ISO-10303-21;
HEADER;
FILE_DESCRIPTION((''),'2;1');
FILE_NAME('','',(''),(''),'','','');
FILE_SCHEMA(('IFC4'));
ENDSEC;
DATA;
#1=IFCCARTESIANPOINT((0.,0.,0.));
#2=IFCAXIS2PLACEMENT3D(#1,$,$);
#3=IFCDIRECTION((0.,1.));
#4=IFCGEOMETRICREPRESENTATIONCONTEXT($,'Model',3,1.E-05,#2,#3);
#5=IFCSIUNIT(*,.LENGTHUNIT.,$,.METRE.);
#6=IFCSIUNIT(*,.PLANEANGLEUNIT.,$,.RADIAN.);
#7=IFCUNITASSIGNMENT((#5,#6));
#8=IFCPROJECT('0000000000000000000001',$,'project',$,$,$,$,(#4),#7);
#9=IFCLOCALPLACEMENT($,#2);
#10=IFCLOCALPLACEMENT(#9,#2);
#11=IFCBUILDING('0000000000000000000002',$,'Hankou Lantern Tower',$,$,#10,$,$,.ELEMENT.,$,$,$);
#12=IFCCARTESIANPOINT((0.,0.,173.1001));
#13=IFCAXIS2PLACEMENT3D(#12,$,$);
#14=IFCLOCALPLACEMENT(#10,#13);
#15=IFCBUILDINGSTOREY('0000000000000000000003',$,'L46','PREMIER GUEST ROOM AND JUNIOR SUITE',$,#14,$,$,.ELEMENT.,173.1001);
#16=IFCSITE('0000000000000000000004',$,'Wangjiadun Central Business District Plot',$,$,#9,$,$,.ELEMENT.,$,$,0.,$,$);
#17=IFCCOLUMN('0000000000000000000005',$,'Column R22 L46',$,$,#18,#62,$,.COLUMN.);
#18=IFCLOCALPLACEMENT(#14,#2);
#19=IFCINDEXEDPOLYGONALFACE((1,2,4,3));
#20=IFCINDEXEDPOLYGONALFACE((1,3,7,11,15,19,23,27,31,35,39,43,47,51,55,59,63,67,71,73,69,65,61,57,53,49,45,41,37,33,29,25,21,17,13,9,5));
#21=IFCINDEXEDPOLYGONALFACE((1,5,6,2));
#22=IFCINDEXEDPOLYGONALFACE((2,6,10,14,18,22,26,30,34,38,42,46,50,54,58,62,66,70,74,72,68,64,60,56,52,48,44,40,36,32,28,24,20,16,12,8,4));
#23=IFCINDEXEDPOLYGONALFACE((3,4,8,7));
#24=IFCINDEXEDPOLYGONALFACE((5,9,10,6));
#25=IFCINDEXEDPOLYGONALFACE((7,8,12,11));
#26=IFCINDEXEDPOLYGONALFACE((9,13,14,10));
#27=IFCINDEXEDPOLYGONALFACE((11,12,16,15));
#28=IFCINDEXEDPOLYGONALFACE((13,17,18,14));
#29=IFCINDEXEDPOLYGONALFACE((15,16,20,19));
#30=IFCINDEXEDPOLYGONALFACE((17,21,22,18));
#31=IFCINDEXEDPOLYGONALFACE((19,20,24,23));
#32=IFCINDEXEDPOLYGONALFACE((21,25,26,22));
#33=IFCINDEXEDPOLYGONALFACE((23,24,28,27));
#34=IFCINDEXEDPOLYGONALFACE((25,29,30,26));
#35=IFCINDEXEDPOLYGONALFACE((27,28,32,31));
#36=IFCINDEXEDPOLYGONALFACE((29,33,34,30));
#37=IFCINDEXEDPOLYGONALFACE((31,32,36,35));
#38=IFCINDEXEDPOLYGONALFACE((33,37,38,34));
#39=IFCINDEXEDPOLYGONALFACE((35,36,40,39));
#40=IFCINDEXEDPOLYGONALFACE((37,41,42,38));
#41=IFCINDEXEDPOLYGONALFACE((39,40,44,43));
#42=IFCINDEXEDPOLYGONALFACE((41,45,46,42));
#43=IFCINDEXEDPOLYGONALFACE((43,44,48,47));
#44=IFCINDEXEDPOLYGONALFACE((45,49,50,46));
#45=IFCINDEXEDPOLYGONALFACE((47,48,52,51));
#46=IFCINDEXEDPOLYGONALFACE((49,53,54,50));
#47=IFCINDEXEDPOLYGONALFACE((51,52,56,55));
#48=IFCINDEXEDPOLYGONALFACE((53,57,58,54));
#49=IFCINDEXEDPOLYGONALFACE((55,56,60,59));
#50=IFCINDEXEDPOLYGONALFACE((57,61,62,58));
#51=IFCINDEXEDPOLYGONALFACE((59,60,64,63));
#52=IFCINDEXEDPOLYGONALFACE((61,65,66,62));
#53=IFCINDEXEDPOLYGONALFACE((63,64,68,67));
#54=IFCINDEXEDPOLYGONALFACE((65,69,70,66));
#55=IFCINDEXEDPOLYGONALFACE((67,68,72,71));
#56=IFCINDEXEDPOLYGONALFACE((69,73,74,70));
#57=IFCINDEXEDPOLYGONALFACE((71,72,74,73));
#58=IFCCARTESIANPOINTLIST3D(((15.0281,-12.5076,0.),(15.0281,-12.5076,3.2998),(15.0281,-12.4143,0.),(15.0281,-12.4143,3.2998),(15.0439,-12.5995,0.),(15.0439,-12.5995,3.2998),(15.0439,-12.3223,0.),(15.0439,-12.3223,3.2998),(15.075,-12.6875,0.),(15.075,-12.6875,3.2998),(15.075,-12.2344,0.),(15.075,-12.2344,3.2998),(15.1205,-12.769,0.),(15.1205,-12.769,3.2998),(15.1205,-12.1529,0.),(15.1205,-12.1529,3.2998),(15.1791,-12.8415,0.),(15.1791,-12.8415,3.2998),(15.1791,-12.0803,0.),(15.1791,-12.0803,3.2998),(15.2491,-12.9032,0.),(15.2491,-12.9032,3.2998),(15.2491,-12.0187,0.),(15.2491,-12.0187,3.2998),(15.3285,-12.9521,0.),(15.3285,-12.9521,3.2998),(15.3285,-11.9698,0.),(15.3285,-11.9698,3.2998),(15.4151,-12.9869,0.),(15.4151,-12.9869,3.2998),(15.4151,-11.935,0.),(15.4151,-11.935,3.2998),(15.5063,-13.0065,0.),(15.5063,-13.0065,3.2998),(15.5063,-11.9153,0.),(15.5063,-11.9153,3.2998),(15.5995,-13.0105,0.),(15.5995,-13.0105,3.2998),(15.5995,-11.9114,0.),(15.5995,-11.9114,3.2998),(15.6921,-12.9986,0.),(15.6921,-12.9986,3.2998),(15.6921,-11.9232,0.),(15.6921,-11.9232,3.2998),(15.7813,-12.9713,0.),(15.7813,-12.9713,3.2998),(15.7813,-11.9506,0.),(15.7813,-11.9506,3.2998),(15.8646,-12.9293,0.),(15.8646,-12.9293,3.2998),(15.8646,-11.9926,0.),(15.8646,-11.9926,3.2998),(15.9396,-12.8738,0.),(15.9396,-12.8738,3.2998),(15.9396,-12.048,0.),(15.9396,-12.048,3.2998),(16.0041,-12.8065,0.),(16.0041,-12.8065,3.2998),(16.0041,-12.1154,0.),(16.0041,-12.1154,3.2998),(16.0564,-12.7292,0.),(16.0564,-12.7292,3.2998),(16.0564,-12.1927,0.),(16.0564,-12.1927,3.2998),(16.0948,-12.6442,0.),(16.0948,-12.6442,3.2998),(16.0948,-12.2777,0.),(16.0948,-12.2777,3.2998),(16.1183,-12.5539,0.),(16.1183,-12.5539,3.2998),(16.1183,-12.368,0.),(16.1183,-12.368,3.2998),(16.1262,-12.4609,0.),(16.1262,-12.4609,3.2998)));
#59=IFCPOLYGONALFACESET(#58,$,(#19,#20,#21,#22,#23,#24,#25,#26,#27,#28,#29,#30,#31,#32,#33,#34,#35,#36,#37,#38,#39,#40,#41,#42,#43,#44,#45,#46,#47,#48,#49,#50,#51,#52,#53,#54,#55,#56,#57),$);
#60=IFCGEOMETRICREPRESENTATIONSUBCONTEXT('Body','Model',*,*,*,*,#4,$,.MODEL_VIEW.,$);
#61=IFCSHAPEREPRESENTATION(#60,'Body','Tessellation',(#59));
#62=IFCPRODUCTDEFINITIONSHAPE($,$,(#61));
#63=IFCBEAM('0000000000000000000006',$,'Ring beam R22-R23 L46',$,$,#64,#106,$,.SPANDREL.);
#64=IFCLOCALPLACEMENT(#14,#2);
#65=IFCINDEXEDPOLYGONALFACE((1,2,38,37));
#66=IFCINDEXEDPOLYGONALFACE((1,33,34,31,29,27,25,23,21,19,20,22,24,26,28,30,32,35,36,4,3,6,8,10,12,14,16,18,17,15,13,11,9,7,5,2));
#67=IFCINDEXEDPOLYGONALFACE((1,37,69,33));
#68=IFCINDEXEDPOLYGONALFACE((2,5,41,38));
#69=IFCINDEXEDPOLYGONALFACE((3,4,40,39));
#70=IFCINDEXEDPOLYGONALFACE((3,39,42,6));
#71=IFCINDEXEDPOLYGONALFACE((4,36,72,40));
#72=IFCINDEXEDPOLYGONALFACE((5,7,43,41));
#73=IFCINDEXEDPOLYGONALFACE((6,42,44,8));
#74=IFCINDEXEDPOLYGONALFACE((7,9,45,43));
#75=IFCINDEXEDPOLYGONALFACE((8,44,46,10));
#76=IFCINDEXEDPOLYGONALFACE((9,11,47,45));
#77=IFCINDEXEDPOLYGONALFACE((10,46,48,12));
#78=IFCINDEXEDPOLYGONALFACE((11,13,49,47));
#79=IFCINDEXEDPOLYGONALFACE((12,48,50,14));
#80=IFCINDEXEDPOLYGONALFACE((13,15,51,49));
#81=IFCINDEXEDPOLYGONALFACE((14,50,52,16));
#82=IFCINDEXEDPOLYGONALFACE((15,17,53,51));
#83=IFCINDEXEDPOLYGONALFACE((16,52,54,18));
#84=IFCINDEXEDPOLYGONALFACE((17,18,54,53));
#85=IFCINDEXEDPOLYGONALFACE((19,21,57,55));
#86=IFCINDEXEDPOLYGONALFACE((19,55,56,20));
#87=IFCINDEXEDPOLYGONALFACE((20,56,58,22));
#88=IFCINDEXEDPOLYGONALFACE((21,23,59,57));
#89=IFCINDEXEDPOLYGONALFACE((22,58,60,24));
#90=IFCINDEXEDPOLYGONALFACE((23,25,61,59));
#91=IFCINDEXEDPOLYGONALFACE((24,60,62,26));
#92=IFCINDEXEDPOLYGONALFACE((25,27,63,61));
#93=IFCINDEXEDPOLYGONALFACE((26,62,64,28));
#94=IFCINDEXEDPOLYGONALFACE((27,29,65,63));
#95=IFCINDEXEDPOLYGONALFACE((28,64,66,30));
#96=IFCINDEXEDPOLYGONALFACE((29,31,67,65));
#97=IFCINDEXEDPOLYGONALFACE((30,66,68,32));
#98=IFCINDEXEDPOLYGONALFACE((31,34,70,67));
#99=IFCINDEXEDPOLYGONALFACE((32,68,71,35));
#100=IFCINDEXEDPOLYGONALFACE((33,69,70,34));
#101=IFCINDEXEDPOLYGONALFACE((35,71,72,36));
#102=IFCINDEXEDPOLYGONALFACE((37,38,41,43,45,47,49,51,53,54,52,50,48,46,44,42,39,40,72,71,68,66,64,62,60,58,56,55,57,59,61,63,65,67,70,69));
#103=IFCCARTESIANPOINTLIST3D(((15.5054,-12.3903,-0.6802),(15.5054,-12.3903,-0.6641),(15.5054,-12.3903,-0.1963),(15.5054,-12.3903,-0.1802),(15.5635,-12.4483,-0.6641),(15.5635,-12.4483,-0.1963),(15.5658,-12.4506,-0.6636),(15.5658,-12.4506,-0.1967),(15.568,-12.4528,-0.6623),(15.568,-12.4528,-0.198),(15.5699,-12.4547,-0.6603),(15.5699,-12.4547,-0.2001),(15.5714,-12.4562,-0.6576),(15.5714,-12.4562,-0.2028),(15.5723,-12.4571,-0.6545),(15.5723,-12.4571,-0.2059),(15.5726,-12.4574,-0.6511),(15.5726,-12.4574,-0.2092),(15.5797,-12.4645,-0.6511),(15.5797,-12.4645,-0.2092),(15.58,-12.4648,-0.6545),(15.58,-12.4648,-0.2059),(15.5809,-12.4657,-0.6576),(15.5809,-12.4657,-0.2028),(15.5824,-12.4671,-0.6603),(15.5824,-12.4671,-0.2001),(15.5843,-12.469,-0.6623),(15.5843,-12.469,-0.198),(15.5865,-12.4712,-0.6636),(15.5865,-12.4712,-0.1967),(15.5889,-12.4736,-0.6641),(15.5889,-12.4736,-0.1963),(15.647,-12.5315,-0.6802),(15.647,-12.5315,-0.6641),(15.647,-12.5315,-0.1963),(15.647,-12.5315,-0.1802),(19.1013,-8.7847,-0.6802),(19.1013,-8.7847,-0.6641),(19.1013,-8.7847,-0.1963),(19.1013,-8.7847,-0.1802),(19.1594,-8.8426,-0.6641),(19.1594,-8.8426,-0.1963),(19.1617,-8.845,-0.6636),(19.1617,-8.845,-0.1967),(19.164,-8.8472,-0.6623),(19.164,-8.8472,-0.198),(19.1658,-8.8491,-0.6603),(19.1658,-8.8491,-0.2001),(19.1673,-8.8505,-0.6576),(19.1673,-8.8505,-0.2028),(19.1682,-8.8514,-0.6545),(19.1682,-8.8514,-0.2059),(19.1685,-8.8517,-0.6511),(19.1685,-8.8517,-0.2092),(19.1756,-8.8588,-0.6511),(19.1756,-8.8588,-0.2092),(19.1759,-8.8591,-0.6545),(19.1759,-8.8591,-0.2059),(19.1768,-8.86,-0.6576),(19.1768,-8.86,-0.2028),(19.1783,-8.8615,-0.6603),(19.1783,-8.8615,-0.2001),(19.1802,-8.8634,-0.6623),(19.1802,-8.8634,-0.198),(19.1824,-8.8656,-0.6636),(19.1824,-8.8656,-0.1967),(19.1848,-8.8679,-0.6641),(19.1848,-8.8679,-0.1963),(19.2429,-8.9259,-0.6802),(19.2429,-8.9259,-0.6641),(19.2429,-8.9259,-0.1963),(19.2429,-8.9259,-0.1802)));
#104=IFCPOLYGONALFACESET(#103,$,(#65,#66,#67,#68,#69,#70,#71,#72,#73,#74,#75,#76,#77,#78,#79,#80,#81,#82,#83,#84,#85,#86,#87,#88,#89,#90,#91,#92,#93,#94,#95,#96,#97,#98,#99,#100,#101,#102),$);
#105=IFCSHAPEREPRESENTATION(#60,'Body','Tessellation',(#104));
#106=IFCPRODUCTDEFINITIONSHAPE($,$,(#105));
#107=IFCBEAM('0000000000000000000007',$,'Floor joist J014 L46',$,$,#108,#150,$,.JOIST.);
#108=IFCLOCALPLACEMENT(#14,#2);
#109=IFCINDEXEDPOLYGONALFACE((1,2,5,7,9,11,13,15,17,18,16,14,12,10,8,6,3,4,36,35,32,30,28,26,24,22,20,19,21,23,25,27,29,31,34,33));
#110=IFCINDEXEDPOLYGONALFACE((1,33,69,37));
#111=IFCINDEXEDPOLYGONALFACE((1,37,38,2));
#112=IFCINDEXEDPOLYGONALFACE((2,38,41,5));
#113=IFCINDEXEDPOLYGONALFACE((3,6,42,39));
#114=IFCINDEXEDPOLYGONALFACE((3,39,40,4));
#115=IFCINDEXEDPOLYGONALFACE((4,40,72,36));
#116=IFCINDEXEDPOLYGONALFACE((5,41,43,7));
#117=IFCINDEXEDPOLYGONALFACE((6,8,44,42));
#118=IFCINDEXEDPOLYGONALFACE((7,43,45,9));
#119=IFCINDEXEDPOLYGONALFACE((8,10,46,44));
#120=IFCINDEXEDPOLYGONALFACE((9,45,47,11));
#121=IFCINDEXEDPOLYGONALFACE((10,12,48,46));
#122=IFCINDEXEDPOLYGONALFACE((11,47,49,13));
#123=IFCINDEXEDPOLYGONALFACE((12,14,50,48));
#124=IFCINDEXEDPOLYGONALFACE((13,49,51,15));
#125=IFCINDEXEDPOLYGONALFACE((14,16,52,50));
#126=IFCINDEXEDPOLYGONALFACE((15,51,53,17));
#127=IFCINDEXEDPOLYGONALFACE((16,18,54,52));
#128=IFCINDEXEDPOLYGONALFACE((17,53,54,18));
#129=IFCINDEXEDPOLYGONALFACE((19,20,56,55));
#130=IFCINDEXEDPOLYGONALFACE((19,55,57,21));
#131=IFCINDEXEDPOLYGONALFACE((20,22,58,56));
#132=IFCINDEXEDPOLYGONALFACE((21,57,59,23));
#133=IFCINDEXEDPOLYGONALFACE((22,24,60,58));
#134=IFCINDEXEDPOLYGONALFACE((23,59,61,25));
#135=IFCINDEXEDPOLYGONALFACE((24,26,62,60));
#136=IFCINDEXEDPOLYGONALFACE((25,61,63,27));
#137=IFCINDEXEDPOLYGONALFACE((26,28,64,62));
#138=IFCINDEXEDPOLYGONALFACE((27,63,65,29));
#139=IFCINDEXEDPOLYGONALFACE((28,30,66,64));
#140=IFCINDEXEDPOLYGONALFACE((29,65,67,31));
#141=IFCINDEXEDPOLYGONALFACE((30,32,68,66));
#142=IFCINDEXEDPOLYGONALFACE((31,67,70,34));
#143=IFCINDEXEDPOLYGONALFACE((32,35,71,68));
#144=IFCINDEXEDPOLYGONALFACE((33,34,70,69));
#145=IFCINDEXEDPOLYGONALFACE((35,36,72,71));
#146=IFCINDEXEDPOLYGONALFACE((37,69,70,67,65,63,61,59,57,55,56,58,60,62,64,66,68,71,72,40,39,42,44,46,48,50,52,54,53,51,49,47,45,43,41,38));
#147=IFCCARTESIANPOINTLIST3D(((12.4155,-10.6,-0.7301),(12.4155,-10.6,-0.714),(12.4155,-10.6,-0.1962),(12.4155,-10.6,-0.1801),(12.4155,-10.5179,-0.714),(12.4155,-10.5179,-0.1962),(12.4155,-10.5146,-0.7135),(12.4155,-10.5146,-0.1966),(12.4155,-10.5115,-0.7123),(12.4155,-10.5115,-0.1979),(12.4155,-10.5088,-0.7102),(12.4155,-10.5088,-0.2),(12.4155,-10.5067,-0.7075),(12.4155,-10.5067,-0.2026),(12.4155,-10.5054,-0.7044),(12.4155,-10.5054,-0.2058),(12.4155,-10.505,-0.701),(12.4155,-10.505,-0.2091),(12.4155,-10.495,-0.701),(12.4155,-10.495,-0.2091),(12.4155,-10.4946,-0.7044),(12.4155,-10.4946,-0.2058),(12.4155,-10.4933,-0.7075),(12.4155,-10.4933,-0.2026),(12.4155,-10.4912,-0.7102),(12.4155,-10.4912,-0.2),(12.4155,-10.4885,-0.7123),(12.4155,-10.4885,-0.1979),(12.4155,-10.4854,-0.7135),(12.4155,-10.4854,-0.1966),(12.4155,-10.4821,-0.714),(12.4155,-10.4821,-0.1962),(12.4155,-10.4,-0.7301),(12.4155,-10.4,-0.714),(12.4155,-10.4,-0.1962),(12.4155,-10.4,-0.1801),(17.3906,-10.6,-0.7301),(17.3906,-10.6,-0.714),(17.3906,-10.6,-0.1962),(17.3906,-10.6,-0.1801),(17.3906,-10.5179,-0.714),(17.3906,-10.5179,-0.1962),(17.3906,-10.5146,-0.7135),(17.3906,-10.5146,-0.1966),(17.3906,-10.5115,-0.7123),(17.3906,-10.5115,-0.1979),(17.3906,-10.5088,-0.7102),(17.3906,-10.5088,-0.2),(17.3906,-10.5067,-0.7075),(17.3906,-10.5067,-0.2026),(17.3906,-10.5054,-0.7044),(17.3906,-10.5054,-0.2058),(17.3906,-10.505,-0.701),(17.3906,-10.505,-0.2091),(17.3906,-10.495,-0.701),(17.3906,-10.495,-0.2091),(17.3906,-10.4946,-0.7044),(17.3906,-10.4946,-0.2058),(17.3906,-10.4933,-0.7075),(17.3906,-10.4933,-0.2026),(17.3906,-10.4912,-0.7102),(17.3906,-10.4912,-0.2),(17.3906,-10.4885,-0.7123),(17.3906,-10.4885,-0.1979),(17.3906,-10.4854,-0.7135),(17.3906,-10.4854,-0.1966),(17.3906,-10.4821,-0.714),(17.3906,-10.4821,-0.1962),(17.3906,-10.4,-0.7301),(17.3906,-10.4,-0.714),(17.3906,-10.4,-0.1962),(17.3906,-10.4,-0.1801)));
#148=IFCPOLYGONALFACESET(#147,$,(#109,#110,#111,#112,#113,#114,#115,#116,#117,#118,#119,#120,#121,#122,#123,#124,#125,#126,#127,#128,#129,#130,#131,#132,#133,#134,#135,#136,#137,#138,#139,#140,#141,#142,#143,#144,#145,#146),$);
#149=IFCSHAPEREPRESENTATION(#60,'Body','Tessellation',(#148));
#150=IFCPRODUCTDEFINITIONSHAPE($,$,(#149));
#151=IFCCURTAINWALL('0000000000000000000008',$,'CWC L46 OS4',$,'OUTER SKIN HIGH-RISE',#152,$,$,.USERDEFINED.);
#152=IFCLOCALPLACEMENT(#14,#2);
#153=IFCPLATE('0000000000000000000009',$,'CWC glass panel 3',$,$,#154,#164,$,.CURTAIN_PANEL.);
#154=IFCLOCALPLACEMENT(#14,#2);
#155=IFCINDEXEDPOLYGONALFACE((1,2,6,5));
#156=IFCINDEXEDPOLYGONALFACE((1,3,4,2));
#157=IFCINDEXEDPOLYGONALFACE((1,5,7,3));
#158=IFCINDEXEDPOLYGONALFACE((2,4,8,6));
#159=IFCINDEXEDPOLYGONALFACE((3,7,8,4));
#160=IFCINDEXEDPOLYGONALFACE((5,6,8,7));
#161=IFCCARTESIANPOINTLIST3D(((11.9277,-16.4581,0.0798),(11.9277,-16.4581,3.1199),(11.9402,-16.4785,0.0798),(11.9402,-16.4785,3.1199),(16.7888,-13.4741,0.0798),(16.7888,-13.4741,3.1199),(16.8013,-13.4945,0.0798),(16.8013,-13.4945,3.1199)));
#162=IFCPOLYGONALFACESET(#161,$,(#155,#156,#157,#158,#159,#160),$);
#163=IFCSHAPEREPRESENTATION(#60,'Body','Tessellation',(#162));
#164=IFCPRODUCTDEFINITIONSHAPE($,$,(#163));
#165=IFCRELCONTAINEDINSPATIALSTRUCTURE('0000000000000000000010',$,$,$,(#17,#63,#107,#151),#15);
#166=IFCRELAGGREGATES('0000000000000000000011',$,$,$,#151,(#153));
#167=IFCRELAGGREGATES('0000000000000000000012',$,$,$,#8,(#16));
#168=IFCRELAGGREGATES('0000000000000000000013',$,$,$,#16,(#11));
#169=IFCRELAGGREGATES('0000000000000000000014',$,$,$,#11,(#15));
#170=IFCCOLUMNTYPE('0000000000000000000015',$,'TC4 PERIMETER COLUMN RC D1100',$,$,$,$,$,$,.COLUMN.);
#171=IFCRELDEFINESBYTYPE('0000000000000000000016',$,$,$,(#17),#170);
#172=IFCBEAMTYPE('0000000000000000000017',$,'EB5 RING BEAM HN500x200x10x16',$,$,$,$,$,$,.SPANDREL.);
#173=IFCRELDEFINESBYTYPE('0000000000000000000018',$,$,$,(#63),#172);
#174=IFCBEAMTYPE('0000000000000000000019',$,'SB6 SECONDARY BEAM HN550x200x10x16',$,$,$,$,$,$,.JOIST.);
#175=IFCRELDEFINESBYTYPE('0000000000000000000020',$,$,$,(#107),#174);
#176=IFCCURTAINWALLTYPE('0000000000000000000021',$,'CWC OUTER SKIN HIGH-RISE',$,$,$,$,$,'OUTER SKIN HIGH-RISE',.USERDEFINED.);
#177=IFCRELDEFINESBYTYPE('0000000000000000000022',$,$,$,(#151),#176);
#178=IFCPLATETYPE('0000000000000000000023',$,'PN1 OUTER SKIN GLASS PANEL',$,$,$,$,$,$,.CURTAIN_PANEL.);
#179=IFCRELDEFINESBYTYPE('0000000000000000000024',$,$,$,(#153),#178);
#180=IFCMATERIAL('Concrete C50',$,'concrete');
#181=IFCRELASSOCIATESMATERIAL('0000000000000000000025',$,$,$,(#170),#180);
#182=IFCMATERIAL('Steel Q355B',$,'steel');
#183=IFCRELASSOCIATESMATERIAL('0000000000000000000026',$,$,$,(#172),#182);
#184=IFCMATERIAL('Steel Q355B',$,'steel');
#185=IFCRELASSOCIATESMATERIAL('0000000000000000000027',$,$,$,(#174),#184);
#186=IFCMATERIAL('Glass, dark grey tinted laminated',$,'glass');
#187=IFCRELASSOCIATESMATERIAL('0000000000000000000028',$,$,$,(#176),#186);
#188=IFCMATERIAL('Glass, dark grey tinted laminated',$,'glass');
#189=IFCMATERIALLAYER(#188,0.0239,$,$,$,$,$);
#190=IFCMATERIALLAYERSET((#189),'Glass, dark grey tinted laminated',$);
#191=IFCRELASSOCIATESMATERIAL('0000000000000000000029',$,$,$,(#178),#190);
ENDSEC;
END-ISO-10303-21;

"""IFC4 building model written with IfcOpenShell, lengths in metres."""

from ifc_helpers import new_model, si_unit, direction, frame, origin, origin_2d, place, context, subcontext, project, spatial, rectangle, circle, i_section, extrude, material, layer, layer_set, material_profile, profile_set, type_object, element, aggregate, save


model = new_model("IFC4")

# Units and contexts
model_context = context("Model", 3, precision=1e-05, world=origin(), true_north=direction((0.0, 1.0)))
body_context = subcontext(model_context, "Body", "Model", "MODEL_VIEW")
ifc_project = project(units=[si_unit("LENGTHUNIT", "METRE"), si_unit("PLANEANGLEUNIT", "RADIAN")], contexts=[model_context])

# Site, building, storey
site_placement = place(None, origin())
site = spatial("IfcSite", under=ifc_project, at=site_placement, Name="Wangjiadun Central Business District Plot", CompositionType="ELEMENT", RefElevation=0.0)
building_placement = place(site_placement, origin())
building = spatial("IfcBuilding", under=site, at=building_placement, Name="Hankou Lantern Tower", CompositionType="ELEMENT")
storey_placement = place(building_placement, frame((0.0, 0.0, 173.1001)))
storey = spatial("IfcBuildingStorey", under=building, at=storey_placement, Name="L46", Description="PREMIER GUEST ROOM AND JUNIOR SUITE", CompositionType="ELEMENT", Elevation=173.1001)

# Column
ifc_material_1 = material(Name="Concrete C50", Category="concrete")
ifc_material_profile_1 = material_profile(ifc_material_1, circle(Radius=0.55, at=origin_2d()), Name="RC D1100")
ifc_profile_set_1 = profile_set([ifc_material_profile_1], Name="Concrete C50")
column_type = type_object("IfcColumnType", Name="TC4 PERIMETER COLUMN RC D1100", PredefinedType="COLUMN", material=ifc_profile_set_1)
column_placement = place(storey_placement, frame((15.5762, -12.4609, 0.0), z_axis=(0.0, 0.0, 1.0), x_axis=(1.0, 0.0, 0.0)))
element("IfcColumn", 1, at=column_placement, inside=storey, type_object=column_type, Name="Column R22 L46", PredefinedType="COLUMN", context=body_context, shape_type="SweptSolid", body=[
    extrude(circle(Radius=0.55, at=origin_2d()), origin(), (0.0, 0.0, 1.0), 3.2998),
])

# Beams
ifc_material_2 = material(Name="Steel Q355B", Category="steel")
ifc_material_profile_2 = material_profile(ifc_material_2, i_section(OverallWidth=0.2, OverallDepth=0.5, WebThickness=0.01, FlangeThickness=0.0161, FilletRadius=0.0129, at=origin_2d()), Name="HN500x200x10x16")
ifc_profile_set_2 = profile_set([ifc_material_profile_2], Name="Steel Q355B")
beam_type_1 = type_object("IfcBeamType", Name="EB5 RING BEAM HN500x200x10x16", PredefinedType="SPANDREL", material=ifc_profile_set_2)
beam_1_placement = place(storey_placement, frame((15.5762, -12.4609, -0.4302), z_axis=(0.706147, 0.708065, 0.0), x_axis=(-0.708065, 0.706147, 0.0)))
element("IfcBeam", 2, at=beam_1_placement, inside=storey, type_object=beam_type_1, Name="Ring beam R22-R23 L46", PredefinedType="SPANDREL", context=body_context, shape_type="SweptSolid", body=[
    extrude(i_section(OverallWidth=0.2, OverallDepth=0.5, WebThickness=0.01, FlangeThickness=0.0161, FilletRadius=0.0129, at=origin_2d()), origin(), (0.0, 0.0, 1.0), 5.0923),
])
ifc_material_3 = material(Name="Steel Q355B", Category="steel")
ifc_material_profile_3 = material_profile(ifc_material_3, i_section(OverallWidth=0.2, OverallDepth=0.55, WebThickness=0.01, FlangeThickness=0.0161, FilletRadius=0.0129, at=origin_2d()), Name="HN550x200x10x16")
ifc_profile_set_3 = profile_set([ifc_material_profile_3], Name="Steel Q355B")
beam_type_2 = type_object("IfcBeamType", Name="SB6 SECONDARY BEAM HN550x200x10x16", PredefinedType="JOIST", material=ifc_profile_set_3)
beam_2_placement = place(storey_placement, frame((12.4155, -10.5, -0.4551), z_axis=(1.0, 0.0, 0.0), x_axis=(0.0, 1.0, 0.0)))
element("IfcBeam", 3, at=beam_2_placement, inside=storey, type_object=beam_type_2, Name="Floor joist J014 L46", PredefinedType="JOIST", context=body_context, shape_type="SweptSolid", body=[
    extrude(i_section(OverallWidth=0.2, OverallDepth=0.55, WebThickness=0.01, FlangeThickness=0.0161, FilletRadius=0.0129, at=origin_2d()), origin(), (0.0, 0.0, 1.0), 4.9751),
])

# Curtain wall, plate
ifc_material_4 = material(Name="Glass, dark grey tinted laminated", Category="glass")
curtain_wall_type = type_object("IfcCurtainWallType", Name="CWC OUTER SKIN HIGH-RISE", ElementType="OUTER SKIN HIGH-RISE", PredefinedType="USERDEFINED", material=ifc_material_4)
curtain_wall_placement = place(storey_placement, origin())
curtain_wall = element("IfcCurtainWall", 4, at=curtain_wall_placement, inside=storey, type_object=curtain_wall_type, Name="CWC L46 OS4", ObjectType="OUTER SKIN HIGH-RISE", PredefinedType="USERDEFINED")
ifc_material_5 = material(Name="Glass, dark grey tinted laminated", Category="glass")
ifc_layer_1 = layer(ifc_material_5, 0.0239)
ifc_layer_set_1 = layer_set([ifc_layer_1], Name="Glass, dark grey tinted laminated")
plate_type = type_object("IfcPlateType", Name="PN1 OUTER SKIN GLASS PANEL", PredefinedType="CURTAIN_PANEL", material=ifc_layer_set_1)
plate_placement = place(storey_placement, frame((14.3645, -14.9763, 0.0798), z_axis=(0.0, 0.0, 1.0), x_axis=(0.852237, 0.523156, 0.0)))
plate = element("IfcPlate", 5, at=plate_placement, type_object=plate_type, Name="CWC glass panel 3", PredefinedType="CURTAIN_PANEL", context=body_context, shape_type="SweptSolid", body=[
    extrude(rectangle(XDim=5.7039, YDim=0.0239, at=origin_2d()), origin(), (0.0, 0.0, 1.0), 3.04),
])
aggregate(curtain_wall, [plate])

save(model, "model.ifc")
